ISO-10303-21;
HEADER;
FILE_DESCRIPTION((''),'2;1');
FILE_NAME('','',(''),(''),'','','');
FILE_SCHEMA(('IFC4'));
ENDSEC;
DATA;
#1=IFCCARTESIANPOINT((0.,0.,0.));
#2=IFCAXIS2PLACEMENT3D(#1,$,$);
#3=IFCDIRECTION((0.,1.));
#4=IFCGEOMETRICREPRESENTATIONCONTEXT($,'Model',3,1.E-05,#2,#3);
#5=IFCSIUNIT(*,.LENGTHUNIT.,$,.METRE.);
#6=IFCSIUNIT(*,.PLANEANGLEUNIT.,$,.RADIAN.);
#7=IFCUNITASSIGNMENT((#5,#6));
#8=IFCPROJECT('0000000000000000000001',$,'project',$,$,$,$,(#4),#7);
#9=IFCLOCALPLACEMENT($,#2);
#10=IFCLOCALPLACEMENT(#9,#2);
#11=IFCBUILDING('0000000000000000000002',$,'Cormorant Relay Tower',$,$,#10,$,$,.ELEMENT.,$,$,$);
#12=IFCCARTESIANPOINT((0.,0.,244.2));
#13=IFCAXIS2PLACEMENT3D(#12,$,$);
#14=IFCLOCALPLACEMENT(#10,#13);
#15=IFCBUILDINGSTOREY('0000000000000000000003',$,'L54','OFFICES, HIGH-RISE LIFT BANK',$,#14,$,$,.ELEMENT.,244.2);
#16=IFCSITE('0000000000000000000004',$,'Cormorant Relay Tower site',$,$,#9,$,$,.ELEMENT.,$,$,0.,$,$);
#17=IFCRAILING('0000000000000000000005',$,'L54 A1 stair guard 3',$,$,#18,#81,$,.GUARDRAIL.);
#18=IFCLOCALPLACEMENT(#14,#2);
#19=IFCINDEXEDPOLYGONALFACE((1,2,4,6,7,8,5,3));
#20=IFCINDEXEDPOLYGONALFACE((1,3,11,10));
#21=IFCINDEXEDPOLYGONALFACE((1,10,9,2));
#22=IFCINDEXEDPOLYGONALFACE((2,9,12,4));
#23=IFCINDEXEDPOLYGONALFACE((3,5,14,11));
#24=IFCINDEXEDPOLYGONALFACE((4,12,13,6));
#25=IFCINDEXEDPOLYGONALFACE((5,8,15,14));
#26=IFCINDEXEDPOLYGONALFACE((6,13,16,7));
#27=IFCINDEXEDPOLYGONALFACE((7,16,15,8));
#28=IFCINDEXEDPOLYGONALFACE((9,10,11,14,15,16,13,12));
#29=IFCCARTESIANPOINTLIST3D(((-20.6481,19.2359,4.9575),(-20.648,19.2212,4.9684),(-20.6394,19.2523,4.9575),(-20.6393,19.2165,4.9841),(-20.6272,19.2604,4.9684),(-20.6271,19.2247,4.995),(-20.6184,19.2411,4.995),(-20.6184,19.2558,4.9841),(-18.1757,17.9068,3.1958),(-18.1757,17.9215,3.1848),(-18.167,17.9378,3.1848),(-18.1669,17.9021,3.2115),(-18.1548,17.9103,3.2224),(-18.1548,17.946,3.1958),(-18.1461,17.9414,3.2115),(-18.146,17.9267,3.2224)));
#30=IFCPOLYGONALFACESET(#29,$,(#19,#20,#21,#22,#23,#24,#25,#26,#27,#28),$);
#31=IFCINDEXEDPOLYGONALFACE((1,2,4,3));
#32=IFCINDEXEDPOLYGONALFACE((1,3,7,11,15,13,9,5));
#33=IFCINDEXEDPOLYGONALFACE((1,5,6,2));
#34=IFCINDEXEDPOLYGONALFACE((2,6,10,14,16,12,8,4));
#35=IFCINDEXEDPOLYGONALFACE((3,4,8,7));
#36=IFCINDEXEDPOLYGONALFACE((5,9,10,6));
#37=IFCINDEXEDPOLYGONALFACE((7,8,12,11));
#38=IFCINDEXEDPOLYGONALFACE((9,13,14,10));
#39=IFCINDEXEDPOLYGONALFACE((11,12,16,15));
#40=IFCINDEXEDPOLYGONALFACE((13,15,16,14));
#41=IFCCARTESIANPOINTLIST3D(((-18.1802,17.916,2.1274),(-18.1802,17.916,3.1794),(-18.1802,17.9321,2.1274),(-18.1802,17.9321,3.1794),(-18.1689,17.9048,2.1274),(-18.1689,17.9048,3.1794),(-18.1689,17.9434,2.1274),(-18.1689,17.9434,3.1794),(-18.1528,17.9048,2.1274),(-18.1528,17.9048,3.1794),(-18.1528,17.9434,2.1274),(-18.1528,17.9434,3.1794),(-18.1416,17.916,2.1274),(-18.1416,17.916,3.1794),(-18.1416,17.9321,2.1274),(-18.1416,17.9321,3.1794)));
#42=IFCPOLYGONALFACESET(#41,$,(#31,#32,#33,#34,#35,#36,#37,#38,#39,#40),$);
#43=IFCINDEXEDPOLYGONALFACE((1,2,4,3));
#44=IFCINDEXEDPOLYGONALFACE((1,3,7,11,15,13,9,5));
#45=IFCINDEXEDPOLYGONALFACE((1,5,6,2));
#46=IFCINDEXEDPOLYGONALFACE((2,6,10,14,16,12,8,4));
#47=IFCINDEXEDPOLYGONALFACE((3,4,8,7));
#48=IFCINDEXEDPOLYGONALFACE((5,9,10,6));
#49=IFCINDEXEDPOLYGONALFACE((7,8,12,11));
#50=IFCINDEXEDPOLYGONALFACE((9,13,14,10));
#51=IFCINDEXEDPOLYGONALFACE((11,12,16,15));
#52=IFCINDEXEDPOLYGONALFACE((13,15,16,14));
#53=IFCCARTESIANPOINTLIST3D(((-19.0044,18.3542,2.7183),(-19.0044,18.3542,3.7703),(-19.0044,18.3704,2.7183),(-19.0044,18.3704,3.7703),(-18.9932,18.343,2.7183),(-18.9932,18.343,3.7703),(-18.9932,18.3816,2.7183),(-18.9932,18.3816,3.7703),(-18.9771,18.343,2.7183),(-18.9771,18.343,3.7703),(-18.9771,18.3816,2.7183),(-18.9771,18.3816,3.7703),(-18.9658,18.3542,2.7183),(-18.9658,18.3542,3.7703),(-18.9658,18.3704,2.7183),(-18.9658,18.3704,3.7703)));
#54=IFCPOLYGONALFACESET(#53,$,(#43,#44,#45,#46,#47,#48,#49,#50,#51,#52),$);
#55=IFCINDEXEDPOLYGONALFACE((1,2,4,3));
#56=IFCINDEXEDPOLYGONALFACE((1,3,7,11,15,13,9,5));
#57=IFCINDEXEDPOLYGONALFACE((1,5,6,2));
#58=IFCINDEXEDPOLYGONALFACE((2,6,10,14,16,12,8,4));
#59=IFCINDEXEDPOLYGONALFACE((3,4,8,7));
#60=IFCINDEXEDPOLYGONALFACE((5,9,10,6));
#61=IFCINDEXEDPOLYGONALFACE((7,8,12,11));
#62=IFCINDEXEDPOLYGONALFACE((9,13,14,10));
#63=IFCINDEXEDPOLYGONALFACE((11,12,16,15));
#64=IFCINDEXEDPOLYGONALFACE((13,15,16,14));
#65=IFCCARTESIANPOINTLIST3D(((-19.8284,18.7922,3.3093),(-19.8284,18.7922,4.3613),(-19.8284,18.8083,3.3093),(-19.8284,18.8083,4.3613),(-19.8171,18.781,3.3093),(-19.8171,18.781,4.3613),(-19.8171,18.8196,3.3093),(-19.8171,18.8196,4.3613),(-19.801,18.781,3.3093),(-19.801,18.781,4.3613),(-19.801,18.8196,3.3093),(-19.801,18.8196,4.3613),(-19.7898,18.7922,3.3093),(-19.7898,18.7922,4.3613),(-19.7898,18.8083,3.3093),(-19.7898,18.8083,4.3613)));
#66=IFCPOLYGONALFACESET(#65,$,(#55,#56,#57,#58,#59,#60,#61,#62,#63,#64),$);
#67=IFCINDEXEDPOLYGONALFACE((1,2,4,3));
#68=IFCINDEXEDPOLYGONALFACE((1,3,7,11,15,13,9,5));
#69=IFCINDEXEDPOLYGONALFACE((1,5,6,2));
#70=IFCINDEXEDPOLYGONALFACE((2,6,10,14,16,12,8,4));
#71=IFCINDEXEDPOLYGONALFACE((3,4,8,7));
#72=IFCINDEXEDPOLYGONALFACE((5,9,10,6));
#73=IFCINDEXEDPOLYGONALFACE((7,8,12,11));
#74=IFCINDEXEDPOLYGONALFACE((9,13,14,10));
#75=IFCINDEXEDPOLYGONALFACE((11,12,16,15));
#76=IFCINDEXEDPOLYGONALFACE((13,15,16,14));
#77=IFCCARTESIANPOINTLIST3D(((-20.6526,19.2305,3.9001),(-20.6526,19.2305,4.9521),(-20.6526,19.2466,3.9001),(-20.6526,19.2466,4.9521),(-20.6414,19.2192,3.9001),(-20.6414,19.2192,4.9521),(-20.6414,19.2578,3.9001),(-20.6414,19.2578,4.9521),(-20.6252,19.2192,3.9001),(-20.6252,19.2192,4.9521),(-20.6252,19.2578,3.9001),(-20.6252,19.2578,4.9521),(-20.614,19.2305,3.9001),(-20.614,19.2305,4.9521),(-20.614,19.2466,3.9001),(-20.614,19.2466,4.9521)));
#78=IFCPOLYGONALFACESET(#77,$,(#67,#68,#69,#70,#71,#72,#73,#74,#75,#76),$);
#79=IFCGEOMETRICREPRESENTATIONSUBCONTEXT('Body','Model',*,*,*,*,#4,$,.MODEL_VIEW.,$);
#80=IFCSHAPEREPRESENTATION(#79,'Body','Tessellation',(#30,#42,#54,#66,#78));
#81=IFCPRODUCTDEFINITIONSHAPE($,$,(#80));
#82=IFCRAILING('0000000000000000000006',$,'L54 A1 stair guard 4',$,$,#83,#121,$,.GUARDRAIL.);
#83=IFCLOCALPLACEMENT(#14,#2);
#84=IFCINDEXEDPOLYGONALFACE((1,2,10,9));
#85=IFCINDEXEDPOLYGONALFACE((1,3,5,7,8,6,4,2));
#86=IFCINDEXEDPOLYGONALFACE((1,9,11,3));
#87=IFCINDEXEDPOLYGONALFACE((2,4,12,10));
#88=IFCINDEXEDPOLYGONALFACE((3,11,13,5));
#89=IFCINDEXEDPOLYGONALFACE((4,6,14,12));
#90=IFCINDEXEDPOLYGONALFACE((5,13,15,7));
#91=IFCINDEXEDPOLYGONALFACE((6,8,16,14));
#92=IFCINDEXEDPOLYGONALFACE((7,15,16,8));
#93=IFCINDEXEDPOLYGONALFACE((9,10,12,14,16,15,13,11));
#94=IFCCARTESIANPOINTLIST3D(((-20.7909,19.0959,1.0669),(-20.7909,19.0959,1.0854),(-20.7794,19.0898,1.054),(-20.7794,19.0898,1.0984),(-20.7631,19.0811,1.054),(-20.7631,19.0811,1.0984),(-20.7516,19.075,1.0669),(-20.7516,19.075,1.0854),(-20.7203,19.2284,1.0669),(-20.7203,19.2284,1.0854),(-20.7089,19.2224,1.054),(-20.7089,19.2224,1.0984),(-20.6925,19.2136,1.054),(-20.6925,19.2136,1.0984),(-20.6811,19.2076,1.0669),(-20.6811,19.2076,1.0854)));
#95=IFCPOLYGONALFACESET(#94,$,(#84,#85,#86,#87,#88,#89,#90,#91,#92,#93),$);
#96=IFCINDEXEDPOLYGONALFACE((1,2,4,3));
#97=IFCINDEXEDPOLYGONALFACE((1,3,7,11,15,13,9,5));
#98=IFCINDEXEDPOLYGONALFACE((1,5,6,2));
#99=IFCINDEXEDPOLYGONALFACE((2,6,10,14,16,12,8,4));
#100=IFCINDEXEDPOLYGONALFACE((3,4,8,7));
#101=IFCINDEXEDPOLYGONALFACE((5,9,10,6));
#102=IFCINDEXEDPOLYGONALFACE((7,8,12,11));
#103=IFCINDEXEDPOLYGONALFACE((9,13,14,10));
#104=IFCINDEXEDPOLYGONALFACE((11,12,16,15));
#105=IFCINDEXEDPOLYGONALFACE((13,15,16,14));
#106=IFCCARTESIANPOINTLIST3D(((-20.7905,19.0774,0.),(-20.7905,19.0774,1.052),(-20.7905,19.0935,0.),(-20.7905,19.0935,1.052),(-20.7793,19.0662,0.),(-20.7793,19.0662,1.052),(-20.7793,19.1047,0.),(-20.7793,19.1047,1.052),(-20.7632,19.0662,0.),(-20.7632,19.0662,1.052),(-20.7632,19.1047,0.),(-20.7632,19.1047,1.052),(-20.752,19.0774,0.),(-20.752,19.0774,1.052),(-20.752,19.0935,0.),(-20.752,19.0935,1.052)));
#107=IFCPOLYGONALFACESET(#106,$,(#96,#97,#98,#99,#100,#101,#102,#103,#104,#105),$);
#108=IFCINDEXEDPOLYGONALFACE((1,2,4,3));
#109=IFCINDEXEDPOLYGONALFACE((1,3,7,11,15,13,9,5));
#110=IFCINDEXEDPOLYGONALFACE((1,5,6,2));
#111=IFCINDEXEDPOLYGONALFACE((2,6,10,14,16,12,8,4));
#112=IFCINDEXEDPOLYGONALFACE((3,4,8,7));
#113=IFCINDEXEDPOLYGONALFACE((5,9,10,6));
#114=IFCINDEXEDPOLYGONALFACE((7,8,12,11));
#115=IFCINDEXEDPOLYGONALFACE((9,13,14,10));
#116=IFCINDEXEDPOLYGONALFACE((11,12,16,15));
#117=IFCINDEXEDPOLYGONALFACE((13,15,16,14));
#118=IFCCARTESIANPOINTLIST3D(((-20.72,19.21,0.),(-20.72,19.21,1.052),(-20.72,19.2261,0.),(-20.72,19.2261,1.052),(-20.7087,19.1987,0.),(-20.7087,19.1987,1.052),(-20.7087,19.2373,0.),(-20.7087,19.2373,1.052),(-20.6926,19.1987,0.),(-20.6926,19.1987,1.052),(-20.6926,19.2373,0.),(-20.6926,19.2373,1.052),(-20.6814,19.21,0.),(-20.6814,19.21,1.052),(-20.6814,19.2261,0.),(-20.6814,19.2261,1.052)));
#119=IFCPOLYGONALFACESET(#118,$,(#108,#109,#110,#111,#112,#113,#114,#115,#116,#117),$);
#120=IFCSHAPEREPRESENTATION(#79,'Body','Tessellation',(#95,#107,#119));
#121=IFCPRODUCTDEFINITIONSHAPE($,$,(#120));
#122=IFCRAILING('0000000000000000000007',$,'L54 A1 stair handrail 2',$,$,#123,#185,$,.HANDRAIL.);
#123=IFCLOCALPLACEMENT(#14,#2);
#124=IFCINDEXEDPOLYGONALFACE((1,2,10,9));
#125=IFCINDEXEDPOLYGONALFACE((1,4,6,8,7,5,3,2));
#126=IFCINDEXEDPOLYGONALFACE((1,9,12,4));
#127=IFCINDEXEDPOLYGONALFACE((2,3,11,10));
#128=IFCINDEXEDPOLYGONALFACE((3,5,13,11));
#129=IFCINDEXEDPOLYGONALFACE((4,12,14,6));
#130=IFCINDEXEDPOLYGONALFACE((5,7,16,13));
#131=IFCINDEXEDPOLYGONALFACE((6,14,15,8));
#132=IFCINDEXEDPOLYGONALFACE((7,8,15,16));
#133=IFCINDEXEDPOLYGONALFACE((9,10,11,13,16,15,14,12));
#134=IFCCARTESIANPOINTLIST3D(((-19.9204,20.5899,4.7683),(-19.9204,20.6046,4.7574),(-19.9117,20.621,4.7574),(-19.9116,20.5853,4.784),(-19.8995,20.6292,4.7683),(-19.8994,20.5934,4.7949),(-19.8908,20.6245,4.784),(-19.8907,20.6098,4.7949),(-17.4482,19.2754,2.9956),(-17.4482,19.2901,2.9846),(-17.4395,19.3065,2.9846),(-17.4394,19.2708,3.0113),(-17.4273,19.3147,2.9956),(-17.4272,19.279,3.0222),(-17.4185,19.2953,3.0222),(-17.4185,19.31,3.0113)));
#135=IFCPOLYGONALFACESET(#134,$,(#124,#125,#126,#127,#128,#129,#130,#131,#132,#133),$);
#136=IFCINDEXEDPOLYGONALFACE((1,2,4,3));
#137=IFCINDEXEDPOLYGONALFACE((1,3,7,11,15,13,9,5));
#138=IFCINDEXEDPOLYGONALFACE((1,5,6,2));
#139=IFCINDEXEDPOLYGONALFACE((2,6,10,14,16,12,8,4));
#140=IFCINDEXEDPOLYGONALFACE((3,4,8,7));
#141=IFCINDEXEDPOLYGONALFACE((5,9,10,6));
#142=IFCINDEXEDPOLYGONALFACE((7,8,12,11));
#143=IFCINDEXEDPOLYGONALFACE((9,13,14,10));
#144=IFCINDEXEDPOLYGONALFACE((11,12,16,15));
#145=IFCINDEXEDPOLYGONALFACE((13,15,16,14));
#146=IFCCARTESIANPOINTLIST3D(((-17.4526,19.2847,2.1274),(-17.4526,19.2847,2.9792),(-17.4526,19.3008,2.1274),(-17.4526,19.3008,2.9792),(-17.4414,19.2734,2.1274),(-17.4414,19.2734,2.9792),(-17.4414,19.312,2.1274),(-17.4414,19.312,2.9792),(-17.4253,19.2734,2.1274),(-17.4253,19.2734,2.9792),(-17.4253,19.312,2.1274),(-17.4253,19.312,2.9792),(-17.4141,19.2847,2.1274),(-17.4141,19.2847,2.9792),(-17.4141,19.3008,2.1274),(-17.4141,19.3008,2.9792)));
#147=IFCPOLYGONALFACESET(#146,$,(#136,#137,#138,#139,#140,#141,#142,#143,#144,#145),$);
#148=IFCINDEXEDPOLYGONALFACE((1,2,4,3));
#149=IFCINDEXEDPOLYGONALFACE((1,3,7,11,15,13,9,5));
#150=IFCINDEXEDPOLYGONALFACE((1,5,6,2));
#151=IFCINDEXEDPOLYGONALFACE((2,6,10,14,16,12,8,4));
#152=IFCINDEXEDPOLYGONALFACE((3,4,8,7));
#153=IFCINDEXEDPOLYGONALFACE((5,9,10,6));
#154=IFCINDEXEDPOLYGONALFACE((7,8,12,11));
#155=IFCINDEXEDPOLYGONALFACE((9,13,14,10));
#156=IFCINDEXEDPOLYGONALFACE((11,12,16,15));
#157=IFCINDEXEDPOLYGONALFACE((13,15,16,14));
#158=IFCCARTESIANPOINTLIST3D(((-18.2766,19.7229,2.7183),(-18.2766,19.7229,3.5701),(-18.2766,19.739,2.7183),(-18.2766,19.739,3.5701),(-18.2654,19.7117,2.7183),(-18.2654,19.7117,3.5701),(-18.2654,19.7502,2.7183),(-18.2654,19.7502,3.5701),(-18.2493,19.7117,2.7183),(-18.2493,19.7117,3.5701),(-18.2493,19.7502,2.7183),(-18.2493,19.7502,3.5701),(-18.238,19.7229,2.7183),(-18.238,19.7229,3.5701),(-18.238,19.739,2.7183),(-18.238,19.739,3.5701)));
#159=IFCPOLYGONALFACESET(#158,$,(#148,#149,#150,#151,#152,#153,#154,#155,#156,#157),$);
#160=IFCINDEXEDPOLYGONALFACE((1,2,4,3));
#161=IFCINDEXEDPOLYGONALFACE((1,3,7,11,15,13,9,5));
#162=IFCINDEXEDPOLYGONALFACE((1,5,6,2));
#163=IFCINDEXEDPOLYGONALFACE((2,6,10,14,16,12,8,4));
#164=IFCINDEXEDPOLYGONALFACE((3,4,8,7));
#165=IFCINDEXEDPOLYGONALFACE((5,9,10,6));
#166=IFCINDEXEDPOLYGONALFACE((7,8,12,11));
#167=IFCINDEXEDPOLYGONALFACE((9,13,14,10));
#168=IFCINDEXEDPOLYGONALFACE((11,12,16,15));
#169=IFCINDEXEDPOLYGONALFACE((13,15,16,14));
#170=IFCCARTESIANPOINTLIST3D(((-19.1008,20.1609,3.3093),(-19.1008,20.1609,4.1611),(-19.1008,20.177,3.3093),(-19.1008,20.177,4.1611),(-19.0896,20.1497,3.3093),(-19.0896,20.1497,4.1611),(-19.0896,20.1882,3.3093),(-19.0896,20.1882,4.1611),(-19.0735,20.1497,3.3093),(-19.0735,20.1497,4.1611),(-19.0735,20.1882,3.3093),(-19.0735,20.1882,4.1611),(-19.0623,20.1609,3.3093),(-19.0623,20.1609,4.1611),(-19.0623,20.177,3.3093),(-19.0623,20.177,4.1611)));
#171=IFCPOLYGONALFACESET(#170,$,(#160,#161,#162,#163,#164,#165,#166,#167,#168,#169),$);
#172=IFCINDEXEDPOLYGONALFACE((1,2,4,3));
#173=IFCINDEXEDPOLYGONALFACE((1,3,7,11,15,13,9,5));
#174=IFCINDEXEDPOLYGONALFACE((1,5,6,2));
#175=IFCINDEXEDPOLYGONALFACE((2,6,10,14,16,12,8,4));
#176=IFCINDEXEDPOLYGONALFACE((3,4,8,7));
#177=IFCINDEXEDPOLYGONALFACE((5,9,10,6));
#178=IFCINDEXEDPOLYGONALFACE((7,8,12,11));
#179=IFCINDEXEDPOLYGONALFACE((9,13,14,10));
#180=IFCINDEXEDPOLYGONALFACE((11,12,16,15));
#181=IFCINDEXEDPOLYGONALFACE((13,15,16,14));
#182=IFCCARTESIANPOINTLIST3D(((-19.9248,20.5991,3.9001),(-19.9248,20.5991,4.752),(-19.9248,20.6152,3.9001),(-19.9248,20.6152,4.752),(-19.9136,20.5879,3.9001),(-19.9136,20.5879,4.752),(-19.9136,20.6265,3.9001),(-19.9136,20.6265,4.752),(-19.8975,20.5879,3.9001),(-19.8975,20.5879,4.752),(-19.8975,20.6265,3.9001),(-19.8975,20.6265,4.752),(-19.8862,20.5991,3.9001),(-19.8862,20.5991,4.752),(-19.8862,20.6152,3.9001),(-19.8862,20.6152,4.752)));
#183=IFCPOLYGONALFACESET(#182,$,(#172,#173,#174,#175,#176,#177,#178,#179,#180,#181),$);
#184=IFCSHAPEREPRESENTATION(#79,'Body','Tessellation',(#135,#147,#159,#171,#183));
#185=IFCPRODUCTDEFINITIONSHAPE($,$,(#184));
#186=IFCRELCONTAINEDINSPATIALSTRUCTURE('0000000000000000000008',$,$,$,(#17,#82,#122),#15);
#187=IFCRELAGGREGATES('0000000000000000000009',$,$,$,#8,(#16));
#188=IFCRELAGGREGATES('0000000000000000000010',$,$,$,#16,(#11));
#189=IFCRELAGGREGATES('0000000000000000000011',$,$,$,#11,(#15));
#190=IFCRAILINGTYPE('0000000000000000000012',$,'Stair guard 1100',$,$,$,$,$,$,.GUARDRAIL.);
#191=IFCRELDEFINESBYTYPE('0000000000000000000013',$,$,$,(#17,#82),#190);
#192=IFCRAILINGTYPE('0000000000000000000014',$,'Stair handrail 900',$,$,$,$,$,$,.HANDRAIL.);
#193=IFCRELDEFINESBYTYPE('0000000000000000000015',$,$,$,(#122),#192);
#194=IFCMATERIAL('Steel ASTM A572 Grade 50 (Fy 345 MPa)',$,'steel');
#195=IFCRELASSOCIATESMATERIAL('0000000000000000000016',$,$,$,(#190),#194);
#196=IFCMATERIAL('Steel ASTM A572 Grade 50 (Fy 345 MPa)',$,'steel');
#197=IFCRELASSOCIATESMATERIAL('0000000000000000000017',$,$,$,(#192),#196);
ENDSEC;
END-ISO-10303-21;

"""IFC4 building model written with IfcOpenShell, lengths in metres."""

from ifc_helpers import new_model, si_unit, direction, frame, origin, place, context, subcontext, project, spatial, polyline, outline, extrude, material, type_object, element, save


model = new_model("IFC4")

# Units and contexts
model_context = context("Model", 3, precision=1e-05, world=origin(), true_north=direction((0.0, 1.0)))
body_context = subcontext(model_context, "Body", "Model", "MODEL_VIEW")
ifc_project = project(units=[si_unit("LENGTHUNIT", "METRE"), si_unit("PLANEANGLEUNIT", "RADIAN")], contexts=[model_context])

# Site, building, storey
site_placement = place(None, origin())
site = spatial("IfcSite", under=ifc_project, at=site_placement, Name="Cormorant Relay Tower site", CompositionType="ELEMENT", RefElevation=0.0)
building_placement = place(site_placement, origin())
building = spatial("IfcBuilding", under=site, at=building_placement, Name="Cormorant Relay Tower", CompositionType="ELEMENT")
storey_placement = place(building_placement, frame((0.0, 0.0, 244.2)))
storey = spatial("IfcBuildingStorey", under=building, at=storey_placement, Name="L54", Description="OFFICES, HIGH-RISE LIFT BANK", CompositionType="ELEMENT", Elevation=244.2)

# Railings
ifc_material_1 = material(Name="Steel ASTM A572 Grade 50 (Fy 345 MPa)", Category="steel")
railing_type_1 = type_object("IfcRailingType", Name="Stair guard 1100", PredefinedType="GUARDRAIL", material=ifc_material_1)
railing_1_placement = place(storey_placement, frame((-18.1609, 17.9241, 2.1274)))
element("IfcRailing", 1, at=railing_1_placement, inside=storey, type_object=railing_type_1, Name="L54 A1 stair guard 3", PredefinedType="GUARDRAIL", context=body_context, shape_type="SweptSolid", body=[
    extrude(outline(polyline([(0.0222, 0.0093), (0.0093, 0.0222), (-0.0093, 0.0222), (-0.0222, 0.0093), (-0.0222, -0.0093), (-0.0093, -0.0222), (0.0093, -0.0222), (0.0222, -0.0093), (0.0222, 0.0093)])), frame((0.0, 0.0, 1.0762), z_axis=(-0.746034, 0.396627, 0.534902), x_axis=(-0.469429, -0.88297, 0.0)), (0.0, 0.0, 1.0), 3.314),
    extrude(outline(polyline([(0.0193, 0.0081), (0.0081, 0.0193), (-0.0081, 0.0193), (-0.0193, 0.0081), (-0.0193, -0.0081), (-0.0081, -0.0193), (0.0081, -0.0193), (0.0193, -0.0081), (0.0193, 0.0081)])), origin(), (0.0, 0.0, 1.0), 1.052),
    extrude(outline(polyline([(0.0193, 0.0081), (0.0081, 0.0193), (-0.0081, 0.0193), (-0.0193, 0.0081), (-0.0193, -0.0081), (-0.0081, -0.0193), (0.0081, -0.0193), (0.0193, -0.0081), (0.0193, 0.0081)])), frame((-0.8242, 0.4382, 0.5908)), (0.0, 0.0, 1.0), 1.052),
    extrude(outline(polyline([(0.0193, 0.0081), (0.0081, 0.0193), (-0.0081, 0.0193), (-0.0193, 0.0081), (-0.0193, -0.0081), (-0.0081, -0.0193), (0.0081, -0.0193), (0.0193, -0.0081), (0.0193, 0.0081)])), frame((-1.6482, 0.8762, 1.1819)), (0.0, 0.0, 1.0), 1.052),
    extrude(outline(polyline([(0.0193, 0.0081), (0.0081, 0.0193), (-0.0081, 0.0193), (-0.0193, 0.0081), (-0.0193, -0.0081), (-0.0081, -0.0193), (0.0081, -0.0193), (0.0193, -0.0081), (0.0193, 0.0081)])), frame((-2.4724, 1.3145, 1.7727)), (0.0, 0.0, 1.0), 1.052),
])
railing_2_placement = place(storey_placement, frame((-20.7712, 19.0854, 0.0)))
element("IfcRailing", 2, at=railing_2_placement, inside=storey, type_object=railing_type_1, Name="L54 A1 stair guard 4", PredefinedType="GUARDRAIL", context=body_context, shape_type="SweptSolid", body=[
    extrude(outline(polyline([(0.0222, 0.0093), (0.0093, 0.0222), (-0.0093, 0.0222), (-0.0222, 0.0093), (-0.0222, -0.0093), (-0.0093, -0.0222), (0.0093, -0.0222), (0.0222, -0.0093), (0.0222, 0.0093)])), frame((0.0, 0.0, 1.0762), z_axis=(0.469829, 0.882758, 0.0), x_axis=(-0.882758, 0.469829, 0.0)), (0.0, 0.0, 1.0), 0.1501),
    extrude(outline(polyline([(0.0193, 0.0081), (0.0081, 0.0193), (-0.0081, 0.0193), (-0.0193, 0.0081), (-0.0193, -0.0081), (-0.0081, -0.0193), (0.0081, -0.0193), (0.0193, -0.0081), (0.0193, 0.0081)])), origin(), (0.0, 0.0, 1.0), 1.052),
    extrude(outline(polyline([(0.0193, 0.0081), (0.0081, 0.0193), (-0.0081, 0.0193), (-0.0193, 0.0081), (-0.0193, -0.0081), (-0.0081, -0.0193), (0.0081, -0.0193), (0.0193, -0.0081), (0.0193, 0.0081)])), frame((0.0706, 0.1326, 0.0)), (0.0, 0.0, 1.0), 1.052),
])
ifc_material_2 = material(Name="Steel ASTM A572 Grade 50 (Fy 345 MPa)", Category="steel")
railing_type_2 = type_object("IfcRailingType", Name="Stair handrail 900", PredefinedType="HANDRAIL", material=ifc_material_2)
railing_3_placement = place(storey_placement, frame((-17.4333, 19.2927, 2.1274)))
element("IfcRailing", 3, at=railing_3_placement, inside=storey, type_object=railing_type_2, Name="L54 A1 stair handrail 2", PredefinedType="HANDRAIL", context=body_context, shape_type="SweptSolid", body=[
    extrude(outline(polyline([(0.0222, 0.0093), (0.0093, 0.0222), (-0.0093, 0.0222), (-0.0222, 0.0093), (-0.0222, -0.0093), (-0.0093, -0.0222), (0.0093, -0.0222), (0.0222, -0.0093), (0.0222, 0.0093)])), frame((0.0, 0.0, 0.876), z_axis=(-0.746001, 0.396649, 0.534931), x_axis=(-0.469465, -0.882951, 0.0)), (0.0, 0.0, 1.0), 3.314),
    extrude(outline(polyline([(0.0193, 0.0081), (0.0081, 0.0193), (-0.0081, 0.0193), (-0.0193, 0.0081), (-0.0193, -0.0081), (-0.0081, -0.0193), (0.0081, -0.0193), (0.0193, -0.0081), (0.0193, 0.0081)])), origin(), (0.0, 0.0, 1.0), 0.8518),
    extrude(outline(polyline([(0.0193, 0.0081), (0.0081, 0.0193), (-0.0081, 0.0193), (-0.0193, 0.0081), (-0.0193, -0.0081), (-0.0081, -0.0193), (0.0081, -0.0193), (0.0193, -0.0081), (0.0193, 0.0081)])), frame((-0.824, 0.4382, 0.5908)), (0.0, 0.0, 1.0), 0.8518),
    extrude(outline(polyline([(0.0193, 0.0081), (0.0081, 0.0193), (-0.0081, 0.0193), (-0.0193, 0.0081), (-0.0193, -0.0081), (-0.0081, -0.0193), (0.0081, -0.0193), (0.0193, -0.0081), (0.0193, 0.0081)])), frame((-1.6482, 0.8762, 1.1819)), (0.0, 0.0, 1.0), 0.8518),
    extrude(outline(polyline([(0.0193, 0.0081), (0.0081, 0.0193), (-0.0081, 0.0193), (-0.0193, 0.0081), (-0.0193, -0.0081), (-0.0081, -0.0193), (0.0081, -0.0193), (0.0193, -0.0081), (0.0193, 0.0081)])), frame((-2.4722, 1.3145, 1.7727)), (0.0, 0.0, 1.0), 0.8518),
])

save(model, "model.ifc")
